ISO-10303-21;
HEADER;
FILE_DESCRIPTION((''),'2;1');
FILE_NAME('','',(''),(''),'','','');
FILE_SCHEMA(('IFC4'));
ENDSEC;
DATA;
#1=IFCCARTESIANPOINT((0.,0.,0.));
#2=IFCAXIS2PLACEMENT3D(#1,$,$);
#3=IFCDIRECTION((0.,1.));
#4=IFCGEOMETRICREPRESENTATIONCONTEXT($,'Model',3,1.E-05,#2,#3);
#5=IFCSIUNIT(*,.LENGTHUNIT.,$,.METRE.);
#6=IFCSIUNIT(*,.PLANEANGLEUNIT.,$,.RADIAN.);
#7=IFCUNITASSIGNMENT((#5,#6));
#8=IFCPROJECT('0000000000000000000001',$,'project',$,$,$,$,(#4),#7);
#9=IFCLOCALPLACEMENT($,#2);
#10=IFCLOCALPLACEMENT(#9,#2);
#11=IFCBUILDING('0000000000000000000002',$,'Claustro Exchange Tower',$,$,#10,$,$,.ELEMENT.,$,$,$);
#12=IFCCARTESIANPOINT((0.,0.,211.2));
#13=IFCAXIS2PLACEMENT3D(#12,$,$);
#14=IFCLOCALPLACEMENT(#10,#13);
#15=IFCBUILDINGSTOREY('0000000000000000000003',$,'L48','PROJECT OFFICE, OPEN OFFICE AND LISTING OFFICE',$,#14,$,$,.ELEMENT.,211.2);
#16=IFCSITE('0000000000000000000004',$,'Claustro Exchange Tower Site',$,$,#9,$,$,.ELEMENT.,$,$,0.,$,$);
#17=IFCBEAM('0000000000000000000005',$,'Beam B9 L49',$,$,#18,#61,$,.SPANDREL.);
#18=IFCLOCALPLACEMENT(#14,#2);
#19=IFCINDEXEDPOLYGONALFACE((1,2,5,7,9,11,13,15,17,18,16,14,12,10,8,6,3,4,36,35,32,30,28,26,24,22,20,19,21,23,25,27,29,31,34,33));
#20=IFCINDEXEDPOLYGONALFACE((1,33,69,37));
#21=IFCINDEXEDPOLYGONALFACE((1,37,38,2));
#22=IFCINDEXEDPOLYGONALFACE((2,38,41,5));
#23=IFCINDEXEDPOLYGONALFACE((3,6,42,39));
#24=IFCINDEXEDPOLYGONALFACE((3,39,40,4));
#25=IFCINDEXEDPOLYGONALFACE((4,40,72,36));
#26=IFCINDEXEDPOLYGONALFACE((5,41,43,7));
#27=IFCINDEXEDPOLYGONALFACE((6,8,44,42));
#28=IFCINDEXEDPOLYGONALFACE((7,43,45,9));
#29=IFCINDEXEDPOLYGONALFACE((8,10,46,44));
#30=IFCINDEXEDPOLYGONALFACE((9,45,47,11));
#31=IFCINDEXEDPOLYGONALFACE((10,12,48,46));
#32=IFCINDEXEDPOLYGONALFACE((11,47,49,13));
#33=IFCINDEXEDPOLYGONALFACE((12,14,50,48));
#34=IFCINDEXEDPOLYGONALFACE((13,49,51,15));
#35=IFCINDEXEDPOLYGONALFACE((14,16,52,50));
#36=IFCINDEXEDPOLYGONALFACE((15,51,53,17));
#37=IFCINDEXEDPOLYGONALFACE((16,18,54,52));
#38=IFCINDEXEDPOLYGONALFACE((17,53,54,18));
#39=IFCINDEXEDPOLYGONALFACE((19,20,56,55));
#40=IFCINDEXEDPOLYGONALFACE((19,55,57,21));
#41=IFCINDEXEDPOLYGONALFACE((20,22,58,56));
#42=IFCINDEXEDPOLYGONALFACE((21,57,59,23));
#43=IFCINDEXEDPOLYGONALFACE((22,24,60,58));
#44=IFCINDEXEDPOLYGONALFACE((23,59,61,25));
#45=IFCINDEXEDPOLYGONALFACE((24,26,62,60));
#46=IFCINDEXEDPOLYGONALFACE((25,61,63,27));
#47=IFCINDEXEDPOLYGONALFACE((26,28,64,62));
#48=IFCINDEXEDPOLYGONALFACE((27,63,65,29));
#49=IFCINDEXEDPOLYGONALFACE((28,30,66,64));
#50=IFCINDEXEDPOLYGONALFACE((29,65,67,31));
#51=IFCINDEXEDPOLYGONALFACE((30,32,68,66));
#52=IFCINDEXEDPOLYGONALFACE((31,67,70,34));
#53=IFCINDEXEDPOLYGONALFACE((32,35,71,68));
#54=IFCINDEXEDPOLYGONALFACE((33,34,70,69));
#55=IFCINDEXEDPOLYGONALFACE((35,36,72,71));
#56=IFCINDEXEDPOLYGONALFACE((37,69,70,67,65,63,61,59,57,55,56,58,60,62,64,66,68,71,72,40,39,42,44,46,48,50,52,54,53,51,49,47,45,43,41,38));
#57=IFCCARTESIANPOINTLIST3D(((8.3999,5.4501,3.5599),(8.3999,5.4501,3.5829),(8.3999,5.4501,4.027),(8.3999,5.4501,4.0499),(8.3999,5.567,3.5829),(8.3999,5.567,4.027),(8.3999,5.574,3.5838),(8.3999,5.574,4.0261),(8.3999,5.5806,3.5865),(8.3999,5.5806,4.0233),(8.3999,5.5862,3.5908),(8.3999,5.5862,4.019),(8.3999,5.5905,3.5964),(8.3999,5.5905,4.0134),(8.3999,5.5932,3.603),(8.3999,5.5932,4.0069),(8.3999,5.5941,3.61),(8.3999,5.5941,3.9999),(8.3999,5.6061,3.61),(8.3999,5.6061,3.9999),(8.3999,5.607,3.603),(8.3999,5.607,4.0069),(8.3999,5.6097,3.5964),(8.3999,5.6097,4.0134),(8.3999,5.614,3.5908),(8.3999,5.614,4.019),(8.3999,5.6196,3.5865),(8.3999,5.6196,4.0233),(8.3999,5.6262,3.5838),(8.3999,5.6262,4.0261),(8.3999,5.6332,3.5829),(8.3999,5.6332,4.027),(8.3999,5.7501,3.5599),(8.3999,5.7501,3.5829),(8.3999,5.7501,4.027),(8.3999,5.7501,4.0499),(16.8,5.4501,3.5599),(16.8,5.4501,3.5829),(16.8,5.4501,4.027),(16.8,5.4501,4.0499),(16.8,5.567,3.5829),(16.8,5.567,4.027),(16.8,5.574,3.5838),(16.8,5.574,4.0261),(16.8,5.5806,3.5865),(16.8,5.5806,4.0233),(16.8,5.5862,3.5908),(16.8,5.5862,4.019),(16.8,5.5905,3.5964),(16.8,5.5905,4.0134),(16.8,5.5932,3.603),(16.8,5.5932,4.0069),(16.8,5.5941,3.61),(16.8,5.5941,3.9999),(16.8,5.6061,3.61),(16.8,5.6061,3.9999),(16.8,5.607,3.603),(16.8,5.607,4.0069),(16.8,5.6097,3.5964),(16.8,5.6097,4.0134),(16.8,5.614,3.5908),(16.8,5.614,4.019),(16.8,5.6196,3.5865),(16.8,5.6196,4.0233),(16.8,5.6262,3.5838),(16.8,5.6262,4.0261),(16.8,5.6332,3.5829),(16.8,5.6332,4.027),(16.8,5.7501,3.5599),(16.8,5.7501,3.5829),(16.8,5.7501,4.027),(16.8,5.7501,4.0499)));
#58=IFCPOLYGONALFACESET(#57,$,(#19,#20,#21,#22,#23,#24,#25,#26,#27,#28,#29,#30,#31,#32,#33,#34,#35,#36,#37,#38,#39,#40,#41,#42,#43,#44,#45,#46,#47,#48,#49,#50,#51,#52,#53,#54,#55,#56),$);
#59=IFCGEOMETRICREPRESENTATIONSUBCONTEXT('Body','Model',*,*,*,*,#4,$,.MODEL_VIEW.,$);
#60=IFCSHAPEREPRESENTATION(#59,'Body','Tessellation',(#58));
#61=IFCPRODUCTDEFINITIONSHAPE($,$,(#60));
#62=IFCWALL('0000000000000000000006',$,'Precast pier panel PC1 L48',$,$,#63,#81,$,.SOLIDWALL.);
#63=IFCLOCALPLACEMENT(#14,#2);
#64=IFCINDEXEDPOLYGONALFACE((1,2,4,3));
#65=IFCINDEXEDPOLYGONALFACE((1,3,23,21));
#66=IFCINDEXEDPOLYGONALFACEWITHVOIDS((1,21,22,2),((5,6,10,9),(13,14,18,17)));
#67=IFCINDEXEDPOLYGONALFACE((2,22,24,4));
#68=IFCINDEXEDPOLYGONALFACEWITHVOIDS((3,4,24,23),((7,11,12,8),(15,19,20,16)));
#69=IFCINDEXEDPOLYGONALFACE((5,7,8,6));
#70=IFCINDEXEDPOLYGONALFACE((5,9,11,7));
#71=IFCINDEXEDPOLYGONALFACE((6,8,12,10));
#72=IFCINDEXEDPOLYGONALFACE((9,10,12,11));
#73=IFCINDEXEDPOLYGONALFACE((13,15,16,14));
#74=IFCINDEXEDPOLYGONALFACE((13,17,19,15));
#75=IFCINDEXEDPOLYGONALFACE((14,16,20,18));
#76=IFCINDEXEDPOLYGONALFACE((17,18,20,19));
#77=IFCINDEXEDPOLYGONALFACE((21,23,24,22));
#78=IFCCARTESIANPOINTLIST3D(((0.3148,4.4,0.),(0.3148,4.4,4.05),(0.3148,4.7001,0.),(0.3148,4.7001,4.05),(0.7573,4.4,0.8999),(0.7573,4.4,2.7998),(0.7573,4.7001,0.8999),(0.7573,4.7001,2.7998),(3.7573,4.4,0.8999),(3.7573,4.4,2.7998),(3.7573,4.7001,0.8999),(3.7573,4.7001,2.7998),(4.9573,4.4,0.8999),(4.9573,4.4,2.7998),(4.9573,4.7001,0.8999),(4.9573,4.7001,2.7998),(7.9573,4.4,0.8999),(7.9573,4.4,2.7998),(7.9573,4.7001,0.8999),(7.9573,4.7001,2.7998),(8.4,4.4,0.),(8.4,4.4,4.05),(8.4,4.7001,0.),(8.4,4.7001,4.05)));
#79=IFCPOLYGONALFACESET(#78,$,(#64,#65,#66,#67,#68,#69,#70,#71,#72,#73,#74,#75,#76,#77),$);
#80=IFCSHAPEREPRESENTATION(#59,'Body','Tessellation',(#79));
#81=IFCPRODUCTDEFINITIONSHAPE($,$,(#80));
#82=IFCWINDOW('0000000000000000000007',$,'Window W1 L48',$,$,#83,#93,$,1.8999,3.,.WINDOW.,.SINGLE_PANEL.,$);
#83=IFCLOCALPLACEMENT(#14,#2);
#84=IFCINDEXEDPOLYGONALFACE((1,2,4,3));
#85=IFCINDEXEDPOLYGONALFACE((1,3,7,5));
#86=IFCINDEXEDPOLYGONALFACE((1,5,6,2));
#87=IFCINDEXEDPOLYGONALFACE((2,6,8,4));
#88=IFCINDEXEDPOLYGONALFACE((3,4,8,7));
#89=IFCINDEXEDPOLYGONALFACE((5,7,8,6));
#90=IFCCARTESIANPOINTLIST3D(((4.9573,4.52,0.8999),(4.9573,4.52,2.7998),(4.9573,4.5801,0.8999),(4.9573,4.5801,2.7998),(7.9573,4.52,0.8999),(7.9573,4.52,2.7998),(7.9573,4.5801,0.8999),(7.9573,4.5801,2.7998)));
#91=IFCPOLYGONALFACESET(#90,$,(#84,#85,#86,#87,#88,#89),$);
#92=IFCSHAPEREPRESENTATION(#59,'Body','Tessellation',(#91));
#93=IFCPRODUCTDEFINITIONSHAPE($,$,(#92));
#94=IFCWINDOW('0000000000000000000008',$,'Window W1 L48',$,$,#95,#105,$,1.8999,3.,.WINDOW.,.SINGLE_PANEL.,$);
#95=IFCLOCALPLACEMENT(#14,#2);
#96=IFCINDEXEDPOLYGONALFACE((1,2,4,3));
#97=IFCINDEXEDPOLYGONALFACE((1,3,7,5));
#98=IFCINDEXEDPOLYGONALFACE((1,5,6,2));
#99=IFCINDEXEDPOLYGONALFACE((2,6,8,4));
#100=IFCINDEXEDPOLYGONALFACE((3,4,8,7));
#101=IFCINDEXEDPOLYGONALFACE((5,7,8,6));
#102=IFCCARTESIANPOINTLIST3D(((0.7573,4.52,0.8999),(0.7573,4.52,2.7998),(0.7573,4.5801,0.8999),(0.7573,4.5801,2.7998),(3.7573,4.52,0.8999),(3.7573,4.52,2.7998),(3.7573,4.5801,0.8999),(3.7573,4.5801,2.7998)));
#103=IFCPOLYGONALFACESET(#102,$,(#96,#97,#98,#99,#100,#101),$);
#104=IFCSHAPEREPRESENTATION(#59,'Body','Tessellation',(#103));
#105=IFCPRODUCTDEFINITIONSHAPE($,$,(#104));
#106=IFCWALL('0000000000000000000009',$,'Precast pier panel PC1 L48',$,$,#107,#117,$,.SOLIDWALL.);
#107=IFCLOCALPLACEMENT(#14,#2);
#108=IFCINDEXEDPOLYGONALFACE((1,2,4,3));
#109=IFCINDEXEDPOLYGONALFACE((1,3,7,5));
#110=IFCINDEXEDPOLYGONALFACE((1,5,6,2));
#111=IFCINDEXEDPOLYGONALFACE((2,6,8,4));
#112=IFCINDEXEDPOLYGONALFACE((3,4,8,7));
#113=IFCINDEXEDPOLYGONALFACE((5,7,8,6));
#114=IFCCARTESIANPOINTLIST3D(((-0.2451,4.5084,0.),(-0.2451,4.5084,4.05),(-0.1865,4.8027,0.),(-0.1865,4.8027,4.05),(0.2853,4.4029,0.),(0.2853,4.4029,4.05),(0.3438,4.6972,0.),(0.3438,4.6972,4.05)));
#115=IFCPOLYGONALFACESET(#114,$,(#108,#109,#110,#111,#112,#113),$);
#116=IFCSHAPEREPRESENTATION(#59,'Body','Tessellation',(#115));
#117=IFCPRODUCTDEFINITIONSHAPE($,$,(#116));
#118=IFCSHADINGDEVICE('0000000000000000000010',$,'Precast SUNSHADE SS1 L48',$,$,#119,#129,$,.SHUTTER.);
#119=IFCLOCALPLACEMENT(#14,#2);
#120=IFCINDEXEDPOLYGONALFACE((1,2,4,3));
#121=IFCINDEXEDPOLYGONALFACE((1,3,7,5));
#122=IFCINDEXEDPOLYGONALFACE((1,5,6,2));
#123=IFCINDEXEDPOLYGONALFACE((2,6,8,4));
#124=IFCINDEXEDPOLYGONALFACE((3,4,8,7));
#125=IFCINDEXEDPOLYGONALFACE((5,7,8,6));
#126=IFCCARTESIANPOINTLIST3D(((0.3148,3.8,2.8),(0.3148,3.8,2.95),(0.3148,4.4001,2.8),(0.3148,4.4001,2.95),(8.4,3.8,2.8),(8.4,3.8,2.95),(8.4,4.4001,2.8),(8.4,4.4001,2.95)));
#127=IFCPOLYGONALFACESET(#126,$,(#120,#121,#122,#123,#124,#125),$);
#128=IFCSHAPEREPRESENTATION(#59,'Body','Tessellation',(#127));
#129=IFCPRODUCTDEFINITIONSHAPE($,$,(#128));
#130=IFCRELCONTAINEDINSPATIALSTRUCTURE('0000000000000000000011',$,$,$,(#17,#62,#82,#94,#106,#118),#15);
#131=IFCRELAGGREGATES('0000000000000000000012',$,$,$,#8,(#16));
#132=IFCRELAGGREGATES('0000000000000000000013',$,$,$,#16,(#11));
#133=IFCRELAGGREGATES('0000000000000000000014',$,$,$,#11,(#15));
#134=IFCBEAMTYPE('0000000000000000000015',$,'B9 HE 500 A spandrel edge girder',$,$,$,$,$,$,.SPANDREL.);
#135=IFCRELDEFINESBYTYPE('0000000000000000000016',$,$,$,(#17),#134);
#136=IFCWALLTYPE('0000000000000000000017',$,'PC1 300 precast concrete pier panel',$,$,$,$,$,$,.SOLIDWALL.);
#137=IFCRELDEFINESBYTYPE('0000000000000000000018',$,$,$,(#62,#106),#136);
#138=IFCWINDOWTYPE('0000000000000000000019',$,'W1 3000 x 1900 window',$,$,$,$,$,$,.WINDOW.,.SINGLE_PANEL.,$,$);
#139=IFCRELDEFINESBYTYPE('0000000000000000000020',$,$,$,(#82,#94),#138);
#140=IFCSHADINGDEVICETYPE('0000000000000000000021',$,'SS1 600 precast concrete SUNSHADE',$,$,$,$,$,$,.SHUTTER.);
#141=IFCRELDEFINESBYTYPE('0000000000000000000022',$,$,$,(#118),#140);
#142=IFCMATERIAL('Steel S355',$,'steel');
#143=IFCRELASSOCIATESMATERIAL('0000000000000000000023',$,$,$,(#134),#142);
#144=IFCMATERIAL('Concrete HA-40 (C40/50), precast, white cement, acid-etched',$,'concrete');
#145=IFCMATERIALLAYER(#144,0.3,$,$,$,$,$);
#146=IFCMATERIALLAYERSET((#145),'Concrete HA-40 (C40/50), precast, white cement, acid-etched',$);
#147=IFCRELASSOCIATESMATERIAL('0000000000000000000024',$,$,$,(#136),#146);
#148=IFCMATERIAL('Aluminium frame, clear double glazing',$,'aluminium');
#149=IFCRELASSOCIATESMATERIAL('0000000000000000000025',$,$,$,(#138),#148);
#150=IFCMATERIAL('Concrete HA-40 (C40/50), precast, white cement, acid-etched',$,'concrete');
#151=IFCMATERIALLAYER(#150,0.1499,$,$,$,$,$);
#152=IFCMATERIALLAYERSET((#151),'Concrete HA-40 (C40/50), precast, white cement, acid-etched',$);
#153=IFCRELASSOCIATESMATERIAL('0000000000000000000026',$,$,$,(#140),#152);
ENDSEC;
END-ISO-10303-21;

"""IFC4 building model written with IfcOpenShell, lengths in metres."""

from ifc_helpers import new_model, si_unit, direction, frame, frame_2d, origin, origin_2d, place, context, subcontext, project, spatial, rectangle, i_section, extrude, material, layer, layer_set, material_profile, profile_set, type_object, element, fill, save


model = new_model("IFC4")

# Units and contexts
model_context = context("Model", 3, precision=1e-05, world=origin(), true_north=direction((0.0, 1.0)))
body_context = subcontext(model_context, "Body", "Model", "MODEL_VIEW")
ifc_project = project(units=[si_unit("LENGTHUNIT", "METRE"), si_unit("PLANEANGLEUNIT", "RADIAN")], contexts=[model_context])

# Site, building, storey
site_placement = place(None, origin())
site = spatial("IfcSite", under=ifc_project, at=site_placement, Name="Claustro Exchange Tower Site", CompositionType="ELEMENT", RefElevation=0.0)
building_placement = place(site_placement, origin())
building = spatial("IfcBuilding", under=site, at=building_placement, Name="Claustro Exchange Tower", CompositionType="ELEMENT")
storey_placement = place(building_placement, frame((0.0, 0.0, 211.2)))
storey = spatial("IfcBuildingStorey", under=building, at=storey_placement, Name="L48", Description="PROJECT OFFICE, OPEN OFFICE AND LISTING OFFICE", CompositionType="ELEMENT", Elevation=211.2)

# Beam
ifc_material_1 = material(Name="Steel S355", Category="steel")
ifc_material_profile_1 = material_profile(ifc_material_1, i_section(OverallWidth=0.3, OverallDepth=0.49, WebThickness=0.012, FlangeThickness=0.0229, FilletRadius=0.0271, at=origin_2d()), Name="HE 500 A")
ifc_profile_set_1 = profile_set([ifc_material_profile_1], Name="Steel S355")
beam_type_1 = type_object("IfcBeamType", Name="B9 HE 500 A spandrel edge girder", PredefinedType="SPANDREL", material=ifc_profile_set_1)
beam_1_placement = place(storey_placement, frame((8.3999, 5.6001, 3.8049), z_axis=(1.0, 0.0, 0.0), x_axis=(0.0, 1.0, 0.0)))
element("IfcBeam", 1, at=beam_1_placement, inside=storey, type_object=beam_type_1, Name="Beam B9 L49", PredefinedType="SPANDREL", context=body_context, shape_type="SweptSolid", body=[
    extrude(i_section(OverallWidth=0.3, OverallDepth=0.49, WebThickness=0.012, FlangeThickness=0.0229, FilletRadius=0.0271, at=origin_2d()), origin(), (0.0, 0.0, 1.0), 8.4001),
])

# Wall, openings, windows
ifc_material_2 = material(Name="Concrete HA-40 (C40/50), precast, white cement, acid-etched", Category="concrete")
ifc_layer_1 = layer(ifc_material_2, 0.3)
ifc_layer_set_1 = layer_set([ifc_layer_1], Name="Concrete HA-40 (C40/50), precast, white cement, acid-etched")
wall_type = type_object("IfcWallType", Name="PC1 300 precast concrete pier panel", PredefinedType="SOLIDWALL", material=ifc_layer_set_1)
wall_1_placement = place(storey_placement, frame((8.3999, 4.55, 0.0), z_axis=(0.0, 0.0, 1.0), x_axis=(-1.0, 0.0, 0.0)))
wall_1 = element("IfcWall", 2, at=wall_1_placement, inside=storey, type_object=wall_type, Name="Precast pier panel PC1 L48", PredefinedType="SOLIDWALL", context=body_context, shape_type="SweptSolid", body=[
    extrude(rectangle(XDim=8.0852, YDim=0.3, at=frame_2d((4.0425, 0.0))), origin(), (0.0, 0.0, 1.0), 4.05),
])
opening_1_placement = place(wall_1_placement, frame((0.4426, 0.0, 0.8999)))
opening_1 = element("IfcOpeningElement", 3, at=opening_1_placement, cuts=wall_1, PredefinedType="OPENING", context=body_context, shape_type="SweptSolid", body=[
    extrude(rectangle(XDim=3.0, YDim=1.8999, at=frame_2d((1.5, 0.95))), frame((0.0, 0.1599, 0.0), z_axis=(0.0, -1.0, 0.0), x_axis=(1.0, 0.0, 0.0)), (0.0, 0.0, 1.0), 0.3201),
])
opening_2_placement = place(wall_1_placement, frame((4.6426, 0.0, 0.8999)))
opening_2 = element("IfcOpeningElement", 4, at=opening_2_placement, cuts=wall_1, PredefinedType="OPENING", context=body_context, shape_type="SweptSolid", body=[
    extrude(rectangle(XDim=3.0, YDim=1.8999, at=frame_2d((1.5, 0.95))), frame((0.0, 0.1599, 0.0), z_axis=(0.0, -1.0, 0.0), x_axis=(1.0, 0.0, 0.0)), (0.0, 0.0, 1.0), 0.3201),
])
ifc_material_3 = material(Name="Aluminium frame, clear double glazing", Category="aluminium")
window_type = type_object("IfcWindowType", Name="W1 3000 x 1900 window", PartitioningType="SINGLE_PANEL", PredefinedType="WINDOW", material=ifc_material_3)
window_1_placement = place(opening_1_placement, origin())
window_1 = element("IfcWindow", 5, at=window_1_placement, inside=storey, type_object=window_type, Name="Window W1 L48", OverallHeight=1.8999, OverallWidth=3.0, PartitioningType="SINGLE_PANEL", PredefinedType="WINDOW", context=body_context, shape_type="SweptSolid", body=[
    extrude(rectangle(XDim=3.0, YDim=1.8999, at=frame_2d((1.5, 0.95))), frame((0.0, 0.03, 0.0), z_axis=(0.0, -1.0, 0.0), x_axis=(1.0, 0.0, 0.0)), (0.0, 0.0, 1.0), 0.0601),
])
fill(opening_1, window_1)
window_2_placement = place(opening_2_placement, origin())
window_2 = element("IfcWindow", 6, at=window_2_placement, inside=storey, type_object=window_type, Name="Window W1 L48", OverallHeight=1.8999, OverallWidth=3.0, PartitioningType="SINGLE_PANEL", PredefinedType="WINDOW", context=body_context, shape_type="SweptSolid", body=[
    extrude(rectangle(XDim=3.0, YDim=1.8999, at=frame_2d((1.5, 0.95))), frame((0.0, 0.03, 0.0), z_axis=(0.0, -1.0, 0.0), x_axis=(1.0, 0.0, 0.0)), (0.0, 0.0, 1.0), 0.0601),
])
fill(opening_2, window_2)

# Wall
wall_2_placement = place(storey_placement, frame((0.3147, 4.55, 0.0), z_axis=(0.0, 0.0, 1.0), x_axis=(-0.980789, 0.195074, 0.0)))
element("IfcWall", 7, at=wall_2_placement, inside=storey, type_object=wall_type, Name="Precast pier panel PC1 L48", PredefinedType="SOLIDWALL", context=body_context, shape_type="SweptSolid", body=[
    extrude(rectangle(XDim=0.5408, YDim=0.3, at=frame_2d((0.2705, 0.0))), origin(), (0.0, 0.0, 1.0), 4.05),
])

# Shading device
ifc_material_4 = material(Name="Concrete HA-40 (C40/50), precast, white cement, acid-etched", Category="concrete")
ifc_layer_2 = layer(ifc_material_4, 0.1499)
ifc_layer_set_2 = layer_set([ifc_layer_2], Name="Concrete HA-40 (C40/50), precast, white cement, acid-etched")
shading_device_type = type_object("IfcShadingDeviceType", Name="SS1 600 precast concrete SUNSHADE", PredefinedType="SHUTTER", material=ifc_layer_set_2)
shading_device_placement = place(storey_placement, frame((4.3574, 4.1001, 2.8), z_axis=(0.0, 0.0, 1.0), x_axis=(-1.0, 0.0, 0.0)))
element("IfcShadingDevice", 8, at=shading_device_placement, inside=storey, type_object=shading_device_type, Name="Precast SUNSHADE SS1 L48", PredefinedType="SHUTTER", context=body_context, shape_type="SweptSolid", body=[
    extrude(rectangle(XDim=8.0852, YDim=0.6001, at=origin_2d()), origin(), (0.0, 0.0, 1.0), 0.1499),
])

save(model, "model.ifc")
